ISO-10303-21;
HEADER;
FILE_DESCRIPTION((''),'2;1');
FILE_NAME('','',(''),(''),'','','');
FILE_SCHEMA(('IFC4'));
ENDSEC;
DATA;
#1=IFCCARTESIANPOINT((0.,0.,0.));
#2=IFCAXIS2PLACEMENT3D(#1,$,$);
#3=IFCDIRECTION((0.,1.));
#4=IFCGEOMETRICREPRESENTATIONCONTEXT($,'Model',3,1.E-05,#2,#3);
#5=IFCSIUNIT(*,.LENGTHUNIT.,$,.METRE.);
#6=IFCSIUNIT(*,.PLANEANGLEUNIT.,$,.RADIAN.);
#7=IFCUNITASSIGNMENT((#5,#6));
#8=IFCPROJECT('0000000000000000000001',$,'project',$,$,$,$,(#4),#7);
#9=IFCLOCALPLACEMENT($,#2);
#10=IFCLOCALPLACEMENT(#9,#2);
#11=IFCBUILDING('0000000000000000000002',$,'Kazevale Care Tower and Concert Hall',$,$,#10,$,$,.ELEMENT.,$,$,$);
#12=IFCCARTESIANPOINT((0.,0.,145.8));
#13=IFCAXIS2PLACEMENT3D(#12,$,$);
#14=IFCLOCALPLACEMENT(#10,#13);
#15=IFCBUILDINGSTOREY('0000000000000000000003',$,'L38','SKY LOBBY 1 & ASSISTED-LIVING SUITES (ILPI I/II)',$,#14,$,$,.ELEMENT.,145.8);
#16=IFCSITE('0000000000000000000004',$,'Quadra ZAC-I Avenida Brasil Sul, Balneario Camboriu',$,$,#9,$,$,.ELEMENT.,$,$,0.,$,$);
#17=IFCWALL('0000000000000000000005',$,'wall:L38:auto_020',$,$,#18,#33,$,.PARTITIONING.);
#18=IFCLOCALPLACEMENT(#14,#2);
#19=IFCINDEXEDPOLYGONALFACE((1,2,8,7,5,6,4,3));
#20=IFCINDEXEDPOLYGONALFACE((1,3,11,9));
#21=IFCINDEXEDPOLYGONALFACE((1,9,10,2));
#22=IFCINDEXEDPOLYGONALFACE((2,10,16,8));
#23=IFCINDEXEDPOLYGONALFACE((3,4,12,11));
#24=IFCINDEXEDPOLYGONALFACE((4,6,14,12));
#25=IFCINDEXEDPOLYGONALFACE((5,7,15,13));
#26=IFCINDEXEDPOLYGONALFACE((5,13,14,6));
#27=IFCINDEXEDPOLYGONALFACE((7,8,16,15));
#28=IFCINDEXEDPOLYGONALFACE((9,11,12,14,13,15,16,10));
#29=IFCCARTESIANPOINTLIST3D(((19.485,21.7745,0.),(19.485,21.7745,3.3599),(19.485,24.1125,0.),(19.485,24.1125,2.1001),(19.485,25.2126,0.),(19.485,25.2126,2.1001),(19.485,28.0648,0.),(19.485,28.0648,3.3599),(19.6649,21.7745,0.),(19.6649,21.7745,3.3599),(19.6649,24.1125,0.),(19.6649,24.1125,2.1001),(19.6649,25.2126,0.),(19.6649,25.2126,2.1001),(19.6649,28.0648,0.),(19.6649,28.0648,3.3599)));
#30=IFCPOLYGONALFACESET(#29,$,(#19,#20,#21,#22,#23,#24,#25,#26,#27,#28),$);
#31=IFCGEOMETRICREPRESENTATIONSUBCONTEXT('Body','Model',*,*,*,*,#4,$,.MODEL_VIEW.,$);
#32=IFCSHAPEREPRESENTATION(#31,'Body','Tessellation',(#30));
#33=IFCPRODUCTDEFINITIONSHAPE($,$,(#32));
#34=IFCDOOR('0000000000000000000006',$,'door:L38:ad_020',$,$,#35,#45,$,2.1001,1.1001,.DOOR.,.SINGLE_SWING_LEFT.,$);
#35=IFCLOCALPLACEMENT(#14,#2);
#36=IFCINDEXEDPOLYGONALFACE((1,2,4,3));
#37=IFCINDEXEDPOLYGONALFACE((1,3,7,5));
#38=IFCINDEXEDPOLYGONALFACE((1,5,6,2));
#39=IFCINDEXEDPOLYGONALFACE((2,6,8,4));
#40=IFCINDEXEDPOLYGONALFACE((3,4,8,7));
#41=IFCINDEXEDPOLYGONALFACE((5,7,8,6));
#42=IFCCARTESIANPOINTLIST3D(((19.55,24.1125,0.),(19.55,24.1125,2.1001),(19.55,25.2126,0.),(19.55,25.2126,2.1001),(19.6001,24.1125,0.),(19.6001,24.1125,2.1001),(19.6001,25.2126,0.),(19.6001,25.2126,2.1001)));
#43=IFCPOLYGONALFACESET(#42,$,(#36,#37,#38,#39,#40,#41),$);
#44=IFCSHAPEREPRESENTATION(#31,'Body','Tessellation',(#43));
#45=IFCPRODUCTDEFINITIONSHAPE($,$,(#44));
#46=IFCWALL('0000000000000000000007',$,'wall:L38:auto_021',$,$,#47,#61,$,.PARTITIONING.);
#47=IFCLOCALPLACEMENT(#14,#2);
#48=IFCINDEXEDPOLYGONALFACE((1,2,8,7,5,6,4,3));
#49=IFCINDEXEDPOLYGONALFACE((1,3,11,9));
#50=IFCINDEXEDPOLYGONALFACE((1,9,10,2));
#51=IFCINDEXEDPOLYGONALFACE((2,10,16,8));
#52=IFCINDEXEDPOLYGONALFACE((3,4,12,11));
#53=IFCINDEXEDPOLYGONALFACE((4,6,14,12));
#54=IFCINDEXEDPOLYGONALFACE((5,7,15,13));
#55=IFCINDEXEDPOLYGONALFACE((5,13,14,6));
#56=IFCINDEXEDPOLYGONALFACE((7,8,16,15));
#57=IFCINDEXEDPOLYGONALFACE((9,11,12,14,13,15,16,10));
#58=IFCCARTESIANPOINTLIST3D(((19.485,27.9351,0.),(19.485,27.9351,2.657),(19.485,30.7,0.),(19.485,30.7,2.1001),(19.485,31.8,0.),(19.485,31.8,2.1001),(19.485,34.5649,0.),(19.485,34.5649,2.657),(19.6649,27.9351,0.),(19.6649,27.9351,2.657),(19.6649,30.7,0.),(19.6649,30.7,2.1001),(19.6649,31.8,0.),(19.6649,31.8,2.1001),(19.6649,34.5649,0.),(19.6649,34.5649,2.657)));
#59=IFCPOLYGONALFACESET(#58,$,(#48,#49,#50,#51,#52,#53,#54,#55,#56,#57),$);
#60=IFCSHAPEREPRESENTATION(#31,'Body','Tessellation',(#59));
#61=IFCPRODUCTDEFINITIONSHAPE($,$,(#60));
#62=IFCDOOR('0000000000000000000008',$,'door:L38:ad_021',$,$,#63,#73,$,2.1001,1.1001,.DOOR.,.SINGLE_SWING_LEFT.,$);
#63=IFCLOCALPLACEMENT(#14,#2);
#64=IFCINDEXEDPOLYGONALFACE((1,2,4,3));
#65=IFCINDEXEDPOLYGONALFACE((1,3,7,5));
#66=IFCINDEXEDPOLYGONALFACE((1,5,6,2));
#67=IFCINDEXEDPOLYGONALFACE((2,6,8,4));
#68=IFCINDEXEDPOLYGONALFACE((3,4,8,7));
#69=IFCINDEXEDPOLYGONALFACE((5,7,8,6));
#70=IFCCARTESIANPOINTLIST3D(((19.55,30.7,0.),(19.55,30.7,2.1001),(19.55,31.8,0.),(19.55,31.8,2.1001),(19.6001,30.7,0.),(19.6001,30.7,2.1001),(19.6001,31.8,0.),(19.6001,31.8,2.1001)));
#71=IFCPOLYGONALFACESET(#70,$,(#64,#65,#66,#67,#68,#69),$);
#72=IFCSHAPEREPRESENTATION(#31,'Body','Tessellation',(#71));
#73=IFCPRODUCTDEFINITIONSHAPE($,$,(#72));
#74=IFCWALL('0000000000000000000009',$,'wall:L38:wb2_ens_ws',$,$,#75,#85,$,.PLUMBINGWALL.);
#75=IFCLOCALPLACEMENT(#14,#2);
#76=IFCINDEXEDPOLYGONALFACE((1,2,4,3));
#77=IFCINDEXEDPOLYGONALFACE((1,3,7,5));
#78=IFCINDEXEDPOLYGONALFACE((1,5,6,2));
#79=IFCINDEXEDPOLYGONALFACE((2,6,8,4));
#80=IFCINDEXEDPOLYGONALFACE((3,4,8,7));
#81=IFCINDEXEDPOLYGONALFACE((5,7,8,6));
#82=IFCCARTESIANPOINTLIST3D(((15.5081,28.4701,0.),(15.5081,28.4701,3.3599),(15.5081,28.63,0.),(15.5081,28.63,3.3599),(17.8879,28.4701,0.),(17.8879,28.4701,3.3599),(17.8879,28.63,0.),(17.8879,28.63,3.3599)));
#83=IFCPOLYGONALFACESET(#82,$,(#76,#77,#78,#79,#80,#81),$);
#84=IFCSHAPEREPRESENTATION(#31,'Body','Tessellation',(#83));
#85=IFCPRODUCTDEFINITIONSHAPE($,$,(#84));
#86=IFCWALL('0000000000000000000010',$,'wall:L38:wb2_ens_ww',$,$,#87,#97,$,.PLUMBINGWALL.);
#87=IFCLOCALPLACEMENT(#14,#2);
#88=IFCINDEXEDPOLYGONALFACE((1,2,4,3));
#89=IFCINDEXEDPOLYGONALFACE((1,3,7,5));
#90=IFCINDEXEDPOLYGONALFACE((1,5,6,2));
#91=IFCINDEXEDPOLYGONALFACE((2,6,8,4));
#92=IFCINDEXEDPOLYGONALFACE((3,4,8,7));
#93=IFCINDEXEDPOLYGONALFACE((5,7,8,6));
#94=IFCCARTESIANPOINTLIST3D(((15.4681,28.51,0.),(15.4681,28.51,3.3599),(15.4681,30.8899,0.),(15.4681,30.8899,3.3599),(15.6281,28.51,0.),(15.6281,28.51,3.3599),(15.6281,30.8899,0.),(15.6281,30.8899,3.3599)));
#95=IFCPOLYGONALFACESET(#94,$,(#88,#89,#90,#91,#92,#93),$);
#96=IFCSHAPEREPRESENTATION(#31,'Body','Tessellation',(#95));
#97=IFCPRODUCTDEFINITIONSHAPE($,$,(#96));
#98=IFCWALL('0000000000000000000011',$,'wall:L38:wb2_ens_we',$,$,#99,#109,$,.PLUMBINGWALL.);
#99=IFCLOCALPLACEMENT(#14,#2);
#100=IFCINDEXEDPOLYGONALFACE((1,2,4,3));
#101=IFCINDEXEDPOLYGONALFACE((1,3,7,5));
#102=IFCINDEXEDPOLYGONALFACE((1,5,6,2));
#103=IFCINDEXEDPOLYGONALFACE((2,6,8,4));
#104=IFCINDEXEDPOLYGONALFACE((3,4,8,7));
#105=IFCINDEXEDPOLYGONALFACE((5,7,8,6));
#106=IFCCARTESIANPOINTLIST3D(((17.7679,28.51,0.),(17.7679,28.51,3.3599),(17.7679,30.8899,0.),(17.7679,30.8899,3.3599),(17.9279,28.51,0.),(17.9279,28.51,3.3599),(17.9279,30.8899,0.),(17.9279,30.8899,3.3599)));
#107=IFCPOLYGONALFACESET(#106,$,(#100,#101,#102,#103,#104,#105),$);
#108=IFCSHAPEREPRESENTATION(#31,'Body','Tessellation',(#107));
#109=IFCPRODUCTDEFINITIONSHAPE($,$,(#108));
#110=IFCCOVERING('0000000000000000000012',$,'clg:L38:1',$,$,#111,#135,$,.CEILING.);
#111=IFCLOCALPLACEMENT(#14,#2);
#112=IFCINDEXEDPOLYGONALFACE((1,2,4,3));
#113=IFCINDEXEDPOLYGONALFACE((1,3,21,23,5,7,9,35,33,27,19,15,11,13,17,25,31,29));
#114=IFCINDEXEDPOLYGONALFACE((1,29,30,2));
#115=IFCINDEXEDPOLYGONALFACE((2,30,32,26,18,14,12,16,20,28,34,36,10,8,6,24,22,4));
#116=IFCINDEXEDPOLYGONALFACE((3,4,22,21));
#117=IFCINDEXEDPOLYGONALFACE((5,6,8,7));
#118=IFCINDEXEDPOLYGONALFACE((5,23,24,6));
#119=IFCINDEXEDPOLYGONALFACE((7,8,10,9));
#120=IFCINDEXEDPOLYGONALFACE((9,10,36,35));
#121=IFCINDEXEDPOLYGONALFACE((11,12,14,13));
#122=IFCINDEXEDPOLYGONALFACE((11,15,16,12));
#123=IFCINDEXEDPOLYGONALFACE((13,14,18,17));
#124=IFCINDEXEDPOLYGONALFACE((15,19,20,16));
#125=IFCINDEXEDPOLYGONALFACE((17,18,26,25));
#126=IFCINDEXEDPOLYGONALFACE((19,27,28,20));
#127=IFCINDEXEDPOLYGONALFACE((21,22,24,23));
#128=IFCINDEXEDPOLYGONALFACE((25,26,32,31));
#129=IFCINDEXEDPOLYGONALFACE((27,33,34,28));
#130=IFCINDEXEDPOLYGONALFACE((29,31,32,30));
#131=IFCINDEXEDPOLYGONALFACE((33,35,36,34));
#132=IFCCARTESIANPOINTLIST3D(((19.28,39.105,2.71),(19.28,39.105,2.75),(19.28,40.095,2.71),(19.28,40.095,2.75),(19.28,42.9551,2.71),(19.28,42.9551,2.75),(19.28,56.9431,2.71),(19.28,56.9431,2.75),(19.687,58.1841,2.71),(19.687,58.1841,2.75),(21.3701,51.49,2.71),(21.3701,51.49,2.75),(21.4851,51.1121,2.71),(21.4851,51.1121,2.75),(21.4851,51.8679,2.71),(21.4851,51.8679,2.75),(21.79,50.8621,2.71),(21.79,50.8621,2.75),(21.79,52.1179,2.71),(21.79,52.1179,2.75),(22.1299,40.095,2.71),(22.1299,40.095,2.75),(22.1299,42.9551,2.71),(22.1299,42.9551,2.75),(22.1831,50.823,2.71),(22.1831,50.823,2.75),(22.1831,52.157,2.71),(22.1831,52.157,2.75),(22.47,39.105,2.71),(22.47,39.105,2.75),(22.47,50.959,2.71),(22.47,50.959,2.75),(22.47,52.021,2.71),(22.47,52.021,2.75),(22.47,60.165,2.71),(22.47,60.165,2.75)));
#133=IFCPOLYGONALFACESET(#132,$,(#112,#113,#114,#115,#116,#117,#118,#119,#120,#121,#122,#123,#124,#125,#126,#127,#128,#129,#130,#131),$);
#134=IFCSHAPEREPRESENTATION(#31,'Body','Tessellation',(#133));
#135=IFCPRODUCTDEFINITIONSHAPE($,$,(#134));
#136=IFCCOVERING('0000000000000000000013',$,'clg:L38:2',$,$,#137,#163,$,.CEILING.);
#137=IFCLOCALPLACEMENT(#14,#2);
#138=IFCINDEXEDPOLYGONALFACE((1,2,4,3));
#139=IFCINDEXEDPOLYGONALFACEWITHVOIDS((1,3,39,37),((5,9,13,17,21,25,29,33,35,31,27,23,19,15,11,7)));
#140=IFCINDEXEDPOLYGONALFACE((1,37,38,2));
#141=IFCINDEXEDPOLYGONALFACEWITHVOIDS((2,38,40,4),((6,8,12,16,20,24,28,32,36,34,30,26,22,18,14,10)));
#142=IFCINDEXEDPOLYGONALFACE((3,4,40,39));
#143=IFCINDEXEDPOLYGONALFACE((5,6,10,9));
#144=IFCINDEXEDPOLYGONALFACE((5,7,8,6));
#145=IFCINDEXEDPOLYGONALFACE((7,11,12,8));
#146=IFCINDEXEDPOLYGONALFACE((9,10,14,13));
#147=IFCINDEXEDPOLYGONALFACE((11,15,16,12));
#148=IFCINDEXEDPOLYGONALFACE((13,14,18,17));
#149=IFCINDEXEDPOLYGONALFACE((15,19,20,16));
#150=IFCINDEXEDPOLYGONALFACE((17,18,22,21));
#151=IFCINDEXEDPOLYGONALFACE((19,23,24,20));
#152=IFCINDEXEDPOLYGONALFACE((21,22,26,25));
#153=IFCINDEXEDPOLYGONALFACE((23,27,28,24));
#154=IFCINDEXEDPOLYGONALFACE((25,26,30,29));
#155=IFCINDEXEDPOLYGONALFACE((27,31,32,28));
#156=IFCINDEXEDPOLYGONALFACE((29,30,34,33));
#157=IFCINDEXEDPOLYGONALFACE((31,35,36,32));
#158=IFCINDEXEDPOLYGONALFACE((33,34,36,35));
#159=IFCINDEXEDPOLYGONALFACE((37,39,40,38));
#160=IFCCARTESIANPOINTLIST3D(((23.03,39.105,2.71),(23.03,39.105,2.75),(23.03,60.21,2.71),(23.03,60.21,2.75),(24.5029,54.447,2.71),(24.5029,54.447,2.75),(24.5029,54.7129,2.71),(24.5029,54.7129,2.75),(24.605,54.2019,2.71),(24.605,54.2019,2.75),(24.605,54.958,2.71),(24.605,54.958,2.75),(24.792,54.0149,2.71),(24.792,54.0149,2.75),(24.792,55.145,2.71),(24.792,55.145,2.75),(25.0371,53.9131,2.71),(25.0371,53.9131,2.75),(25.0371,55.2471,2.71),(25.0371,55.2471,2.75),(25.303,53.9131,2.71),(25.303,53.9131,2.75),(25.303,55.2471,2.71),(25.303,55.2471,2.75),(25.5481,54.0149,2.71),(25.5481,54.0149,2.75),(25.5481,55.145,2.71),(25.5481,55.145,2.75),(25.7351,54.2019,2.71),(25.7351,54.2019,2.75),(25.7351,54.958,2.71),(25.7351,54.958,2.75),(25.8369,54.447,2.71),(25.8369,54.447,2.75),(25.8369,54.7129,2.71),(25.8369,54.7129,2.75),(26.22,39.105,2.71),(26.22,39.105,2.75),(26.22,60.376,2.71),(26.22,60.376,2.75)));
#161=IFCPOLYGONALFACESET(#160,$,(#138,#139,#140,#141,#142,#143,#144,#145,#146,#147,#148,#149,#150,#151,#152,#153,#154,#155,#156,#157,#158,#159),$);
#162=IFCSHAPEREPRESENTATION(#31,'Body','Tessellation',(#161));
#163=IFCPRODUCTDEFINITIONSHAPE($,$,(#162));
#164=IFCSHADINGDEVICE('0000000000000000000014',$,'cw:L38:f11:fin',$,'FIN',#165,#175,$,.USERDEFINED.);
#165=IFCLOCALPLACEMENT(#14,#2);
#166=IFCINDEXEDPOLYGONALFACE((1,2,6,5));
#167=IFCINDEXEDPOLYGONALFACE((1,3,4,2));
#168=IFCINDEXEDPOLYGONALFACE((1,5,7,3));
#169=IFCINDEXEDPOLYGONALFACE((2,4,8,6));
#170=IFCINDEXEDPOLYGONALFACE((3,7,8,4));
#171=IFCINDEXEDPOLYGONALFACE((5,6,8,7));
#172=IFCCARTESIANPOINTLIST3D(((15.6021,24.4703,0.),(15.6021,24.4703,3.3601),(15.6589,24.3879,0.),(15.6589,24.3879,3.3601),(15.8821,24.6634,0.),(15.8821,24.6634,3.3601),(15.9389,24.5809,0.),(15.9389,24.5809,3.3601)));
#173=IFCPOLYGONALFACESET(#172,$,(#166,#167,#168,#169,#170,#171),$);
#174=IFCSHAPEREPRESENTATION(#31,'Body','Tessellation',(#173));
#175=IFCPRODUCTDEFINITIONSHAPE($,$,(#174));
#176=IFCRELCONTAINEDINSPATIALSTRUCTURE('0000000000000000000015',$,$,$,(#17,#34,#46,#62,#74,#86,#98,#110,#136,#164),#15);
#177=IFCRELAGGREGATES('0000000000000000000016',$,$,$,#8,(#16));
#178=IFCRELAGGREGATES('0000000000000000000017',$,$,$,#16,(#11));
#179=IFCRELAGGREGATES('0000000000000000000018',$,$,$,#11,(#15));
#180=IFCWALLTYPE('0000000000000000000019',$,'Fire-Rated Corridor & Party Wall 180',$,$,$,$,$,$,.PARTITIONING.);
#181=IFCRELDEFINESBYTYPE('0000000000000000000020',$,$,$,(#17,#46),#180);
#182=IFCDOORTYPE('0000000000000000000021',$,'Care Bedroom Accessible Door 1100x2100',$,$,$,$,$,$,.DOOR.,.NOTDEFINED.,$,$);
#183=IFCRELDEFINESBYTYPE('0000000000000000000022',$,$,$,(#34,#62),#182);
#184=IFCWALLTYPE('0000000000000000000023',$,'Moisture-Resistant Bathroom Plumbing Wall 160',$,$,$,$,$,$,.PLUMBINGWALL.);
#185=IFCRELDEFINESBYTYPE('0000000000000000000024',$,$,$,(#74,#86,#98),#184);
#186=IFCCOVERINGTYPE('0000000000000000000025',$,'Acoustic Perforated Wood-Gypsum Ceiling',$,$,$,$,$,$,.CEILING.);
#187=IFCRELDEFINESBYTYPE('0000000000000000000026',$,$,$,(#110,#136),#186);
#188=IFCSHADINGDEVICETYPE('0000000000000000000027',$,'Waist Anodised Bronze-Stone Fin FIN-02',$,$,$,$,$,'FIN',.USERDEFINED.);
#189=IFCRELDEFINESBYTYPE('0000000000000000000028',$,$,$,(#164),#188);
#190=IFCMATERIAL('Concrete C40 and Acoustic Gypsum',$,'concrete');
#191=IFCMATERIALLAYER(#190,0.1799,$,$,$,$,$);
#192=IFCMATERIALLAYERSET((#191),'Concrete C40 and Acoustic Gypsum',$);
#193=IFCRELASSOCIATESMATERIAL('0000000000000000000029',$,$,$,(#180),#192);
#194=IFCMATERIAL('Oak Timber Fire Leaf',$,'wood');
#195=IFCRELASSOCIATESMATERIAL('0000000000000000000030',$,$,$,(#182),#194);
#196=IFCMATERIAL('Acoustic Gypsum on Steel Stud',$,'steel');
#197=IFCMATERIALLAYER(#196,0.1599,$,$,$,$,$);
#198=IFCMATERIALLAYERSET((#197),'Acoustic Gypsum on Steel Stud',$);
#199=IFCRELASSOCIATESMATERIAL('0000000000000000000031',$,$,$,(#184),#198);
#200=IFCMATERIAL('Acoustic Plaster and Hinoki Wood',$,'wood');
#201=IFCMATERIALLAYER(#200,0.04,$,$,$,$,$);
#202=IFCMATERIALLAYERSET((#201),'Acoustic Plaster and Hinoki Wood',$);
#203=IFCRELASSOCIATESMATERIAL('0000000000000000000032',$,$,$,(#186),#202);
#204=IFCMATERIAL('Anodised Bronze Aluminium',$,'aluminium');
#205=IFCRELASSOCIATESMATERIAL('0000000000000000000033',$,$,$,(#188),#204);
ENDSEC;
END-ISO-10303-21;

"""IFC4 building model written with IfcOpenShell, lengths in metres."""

from ifc_helpers import new_model, si_unit, direction, frame, frame_2d, origin, origin_2d, place, context, subcontext, project, spatial, polyline, rectangle, outline, extrude, material, layer, layer_set, type_object, element, fill, save


model = new_model("IFC4")

# Units and contexts
model_context = context("Model", 3, precision=1e-05, world=origin(), true_north=direction((0.0, 1.0)))
body_context = subcontext(model_context, "Body", "Model", "MODEL_VIEW")
ifc_project = project(units=[si_unit("LENGTHUNIT", "METRE"), si_unit("PLANEANGLEUNIT", "RADIAN")], contexts=[model_context])

# Site, building, storey
site_placement = place(None, origin())
site = spatial("IfcSite", under=ifc_project, at=site_placement, Name="Quadra ZAC-I Avenida Brasil Sul, Balneario Camboriu", CompositionType="ELEMENT", RefElevation=0.0)
building_placement = place(site_placement, origin())
building = spatial("IfcBuilding", under=site, at=building_placement, Name="Kazevale Care Tower and Concert Hall", CompositionType="ELEMENT")
storey_placement = place(building_placement, frame((0.0, 0.0, 145.8)))
storey = spatial("IfcBuildingStorey", under=building, at=storey_placement, Name="L38", Description="SKY LOBBY 1 & ASSISTED-LIVING SUITES (ILPI I/II)", CompositionType="ELEMENT", Elevation=145.8)

# Shared definitions
ifc_material_1 = material(Name="Acoustic Gypsum on Steel Stud", Category="steel")

# Walls, openings, doors
ifc_material_2 = material(Name="Concrete C40 and Acoustic Gypsum", Category="concrete")
ifc_layer_1 = layer(ifc_material_2, 0.1799)
ifc_layer_set_1 = layer_set([ifc_layer_1], Name="Concrete C40 and Acoustic Gypsum")
wall_type_1 = type_object("IfcWallType", Name="Fire-Rated Corridor & Party Wall 180", PredefinedType="PARTITIONING", material=ifc_layer_set_1)
wall_1_placement = place(storey_placement, frame((19.575, 21.7747, 0.0), z_axis=(0.0, 0.0, 1.0), x_axis=(0.0, 1.0, 0.0)))
wall_1 = element("IfcWall", 1, at=wall_1_placement, inside=storey, type_object=wall_type_1, Name="wall:L38:auto_020", PredefinedType="PARTITIONING", context=body_context, shape_type="SweptSolid", body=[
    extrude(rectangle(XDim=6.2903, YDim=0.1799, at=frame_2d((3.145, 0.0))), origin(), (0.0, 0.0, 1.0), 3.3599),
])
opening_1_placement = place(wall_1_placement, frame((2.3379, 0.0, 0.0)))
opening_1 = element("IfcOpeningElement", 2, at=opening_1_placement, cuts=wall_1, PredefinedType="OPENING", context=body_context, shape_type="SweptSolid", body=[
    extrude(rectangle(XDim=1.1001, YDim=2.1001, at=frame_2d((0.55, 1.05))), frame((0.0, 0.0999, 0.0), z_axis=(0.0, -1.0, 0.0), x_axis=(1.0, 0.0, 0.0)), (0.0, 0.0, 1.0), 0.2),
])
ifc_material_3 = material(Name="Oak Timber Fire Leaf", Category="wood")
door_type = type_object("IfcDoorType", Name="Care Bedroom Accessible Door 1100x2100", OperationType="NOTDEFINED", PredefinedType="DOOR", material=ifc_material_3)
door_1_placement = place(opening_1_placement, origin())
door_1 = element("IfcDoor", 3, at=door_1_placement, inside=storey, type_object=door_type, Name="door:L38:ad_020", OperationType="SINGLE_SWING_LEFT", OverallHeight=2.1001, OverallWidth=1.1001, PredefinedType="DOOR", context=body_context, shape_type="SweptSolid", body=[
    extrude(rectangle(XDim=1.1001, YDim=2.1001, at=frame_2d((0.55, 1.05))), frame((0.0, 0.0249, 0.0), z_axis=(0.0, -1.0, 0.0), x_axis=(1.0, 0.0, 0.0)), (0.0, 0.0, 1.0), 0.05),
])
fill(opening_1, door_1)
wall_2_placement = place(storey_placement, frame((19.575, 27.9351, 0.0), z_axis=(0.0, 0.0, 1.0), x_axis=(0.0, 1.0, 0.0)))
wall_2 = element("IfcWall", 4, at=wall_2_placement, inside=storey, type_object=wall_type_1, Name="wall:L38:auto_021", PredefinedType="PARTITIONING", context=body_context, shape_type="SweptSolid", body=[
    extrude(rectangle(XDim=6.6299, YDim=0.1799, at=frame_2d((3.3149, 0.0))), origin(), (0.0, 0.0, 1.0), 2.657),
])
opening_2_placement = place(wall_2_placement, frame((2.7649, 0.0, 0.0)))
opening_2 = element("IfcOpeningElement", 5, at=opening_2_placement, cuts=wall_2, PredefinedType="OPENING", context=body_context, shape_type="SweptSolid", body=[
    extrude(rectangle(XDim=1.1001, YDim=2.1001, at=frame_2d((0.55, 1.05))), frame((0.0, 0.0999, 0.0), z_axis=(0.0, -1.0, 0.0), x_axis=(1.0, 0.0, 0.0)), (0.0, 0.0, 1.0), 0.2),
])
door_2_placement = place(opening_2_placement, origin())
door_2 = element("IfcDoor", 6, at=door_2_placement, inside=storey, type_object=door_type, Name="door:L38:ad_021", OperationType="SINGLE_SWING_LEFT", OverallHeight=2.1001, OverallWidth=1.1001, PredefinedType="DOOR", context=body_context, shape_type="SweptSolid", body=[
    extrude(rectangle(XDim=1.1001, YDim=2.1001, at=frame_2d((0.55, 1.05))), frame((0.0, 0.0249, 0.0), z_axis=(0.0, -1.0, 0.0), x_axis=(1.0, 0.0, 0.0)), (0.0, 0.0, 1.0), 0.05),
])
fill(opening_2, door_2)

# Walls
ifc_layer_2 = layer(ifc_material_1, 0.1599)
ifc_layer_set_2 = layer_set([ifc_layer_2], Name="Acoustic Gypsum on Steel Stud")
wall_type_2 = type_object("IfcWallType", Name="Moisture-Resistant Bathroom Plumbing Wall 160", PredefinedType="PLUMBINGWALL", material=ifc_layer_set_2)
for number, where, z_axis, x_axis, name in (
    (7, (15.5081, 28.55, 0.0), (0.0, 0.0, 1.0), (1.0, 0.0, 0.0), "wall:L38:wb2_ens_ws"),
    (8, (15.5481, 28.51, 0.0), (0.0, 0.0, 1.0), (0.0, 1.0, 0.0), "wall:L38:wb2_ens_ww"),
    (9, (17.8479, 28.51, 0.0), (0.0, 0.0, 1.0), (0.0, 1.0, 0.0), "wall:L38:wb2_ens_we"),
):
    element("IfcWall", number, at=place(storey_placement, frame(where, z_axis=z_axis, x_axis=x_axis)), inside=storey, type_object=wall_type_2, Name=name, PredefinedType="PLUMBINGWALL", context=body_context, shape_type="SweptSolid", body=[
        extrude(rectangle(XDim=2.3799, YDim=0.1599, at=frame_2d((1.1899, 0.0))), origin(), (0.0, 0.0, 1.0), 3.3599),
    ])

# Coverings
ifc_material_4 = material(Name="Acoustic Plaster and Hinoki Wood", Category="wood")
ifc_layer_3 = layer(ifc_material_4, 0.04)
ifc_layer_set_3 = layer_set([ifc_layer_3], Name="Acoustic Plaster and Hinoki Wood")
covering_type = type_object("IfcCoveringType", Name="Acoustic Perforated Wood-Gypsum Ceiling", PredefinedType="CEILING", material=ifc_layer_set_3)
covering_1_placement = place(storey_placement, frame((0.0, 0.0, 2.71)))
element("IfcCovering", 10, at=covering_1_placement, inside=storey, type_object=covering_type, Name="clg:L38:1", PredefinedType="CEILING", context=body_context, shape_type="SweptSolid", body=[
    extrude(outline(polyline([(22.1299, 40.095), (22.1299, 42.9551), (19.28, 42.9551), (19.28, 56.9431), (19.687, 58.1841), (22.47, 60.165), (22.47, 52.021), (22.1831, 52.157), (21.79, 52.1179), (21.4851, 51.8679), (21.3701, 51.49), (21.4851, 51.1121), (21.79, 50.8621), (22.1831, 50.823), (22.47, 50.959), (22.47, 39.105), (19.28, 39.105), (19.28, 40.095), (22.1299, 40.095)])), origin(), (0.0, 0.0, 1.0), 0.04),
])
covering_2_placement = place(storey_placement, frame((0.0, 0.0, 2.71)))
element("IfcCovering", 11, at=covering_2_placement, inside=storey, type_object=covering_type, Name="clg:L38:2", PredefinedType="CEILING", context=body_context, shape_type="SweptSolid", body=[
    extrude(outline(polyline([(23.03, 60.21), (26.22, 60.376), (26.22, 39.105), (23.03, 39.105), (23.03, 60.21)]), holes=[polyline([(25.8369, 54.7129), (25.7351, 54.958), (25.5481, 55.145), (25.303, 55.2471), (25.0371, 55.2471), (24.792, 55.145), (24.605, 54.958), (24.5029, 54.7129), (24.5029, 54.447), (24.605, 54.2019), (24.792, 54.0149), (25.0371, 53.9131), (25.303, 53.9131), (25.5481, 54.0149), (25.7351, 54.2019), (25.8369, 54.447), (25.8369, 54.7129)])]), origin(), (0.0, 0.0, 1.0), 0.04),
])

# Shading device
ifc_material_5 = material(Name="Anodised Bronze Aluminium", Category="aluminium")
shading_device_type = type_object("IfcShadingDeviceType", Name="Waist Anodised Bronze-Stone Fin FIN-02", ElementType="FIN", PredefinedType="USERDEFINED", material=ifc_material_5)
shading_device_placement = place(storey_placement, frame((15.7705, 24.5256, 0.0), z_axis=(0.0, 0.0, 1.0), x_axis=(-0.823335, -0.567556, 0.0)))
element("IfcShadingDevice", 12, at=shading_device_placement, inside=storey, type_object=shading_device_type, Name="cw:L38:f11:fin", ObjectType="FIN", PredefinedType="USERDEFINED", context=body_context, shape_type="SweptSolid", body=[
    extrude(rectangle(XDim=0.3401, YDim=0.1001, at=origin_2d()), origin(), (0.0, 0.0, 1.0), 3.3601),
])

save(model, "model.ifc")
